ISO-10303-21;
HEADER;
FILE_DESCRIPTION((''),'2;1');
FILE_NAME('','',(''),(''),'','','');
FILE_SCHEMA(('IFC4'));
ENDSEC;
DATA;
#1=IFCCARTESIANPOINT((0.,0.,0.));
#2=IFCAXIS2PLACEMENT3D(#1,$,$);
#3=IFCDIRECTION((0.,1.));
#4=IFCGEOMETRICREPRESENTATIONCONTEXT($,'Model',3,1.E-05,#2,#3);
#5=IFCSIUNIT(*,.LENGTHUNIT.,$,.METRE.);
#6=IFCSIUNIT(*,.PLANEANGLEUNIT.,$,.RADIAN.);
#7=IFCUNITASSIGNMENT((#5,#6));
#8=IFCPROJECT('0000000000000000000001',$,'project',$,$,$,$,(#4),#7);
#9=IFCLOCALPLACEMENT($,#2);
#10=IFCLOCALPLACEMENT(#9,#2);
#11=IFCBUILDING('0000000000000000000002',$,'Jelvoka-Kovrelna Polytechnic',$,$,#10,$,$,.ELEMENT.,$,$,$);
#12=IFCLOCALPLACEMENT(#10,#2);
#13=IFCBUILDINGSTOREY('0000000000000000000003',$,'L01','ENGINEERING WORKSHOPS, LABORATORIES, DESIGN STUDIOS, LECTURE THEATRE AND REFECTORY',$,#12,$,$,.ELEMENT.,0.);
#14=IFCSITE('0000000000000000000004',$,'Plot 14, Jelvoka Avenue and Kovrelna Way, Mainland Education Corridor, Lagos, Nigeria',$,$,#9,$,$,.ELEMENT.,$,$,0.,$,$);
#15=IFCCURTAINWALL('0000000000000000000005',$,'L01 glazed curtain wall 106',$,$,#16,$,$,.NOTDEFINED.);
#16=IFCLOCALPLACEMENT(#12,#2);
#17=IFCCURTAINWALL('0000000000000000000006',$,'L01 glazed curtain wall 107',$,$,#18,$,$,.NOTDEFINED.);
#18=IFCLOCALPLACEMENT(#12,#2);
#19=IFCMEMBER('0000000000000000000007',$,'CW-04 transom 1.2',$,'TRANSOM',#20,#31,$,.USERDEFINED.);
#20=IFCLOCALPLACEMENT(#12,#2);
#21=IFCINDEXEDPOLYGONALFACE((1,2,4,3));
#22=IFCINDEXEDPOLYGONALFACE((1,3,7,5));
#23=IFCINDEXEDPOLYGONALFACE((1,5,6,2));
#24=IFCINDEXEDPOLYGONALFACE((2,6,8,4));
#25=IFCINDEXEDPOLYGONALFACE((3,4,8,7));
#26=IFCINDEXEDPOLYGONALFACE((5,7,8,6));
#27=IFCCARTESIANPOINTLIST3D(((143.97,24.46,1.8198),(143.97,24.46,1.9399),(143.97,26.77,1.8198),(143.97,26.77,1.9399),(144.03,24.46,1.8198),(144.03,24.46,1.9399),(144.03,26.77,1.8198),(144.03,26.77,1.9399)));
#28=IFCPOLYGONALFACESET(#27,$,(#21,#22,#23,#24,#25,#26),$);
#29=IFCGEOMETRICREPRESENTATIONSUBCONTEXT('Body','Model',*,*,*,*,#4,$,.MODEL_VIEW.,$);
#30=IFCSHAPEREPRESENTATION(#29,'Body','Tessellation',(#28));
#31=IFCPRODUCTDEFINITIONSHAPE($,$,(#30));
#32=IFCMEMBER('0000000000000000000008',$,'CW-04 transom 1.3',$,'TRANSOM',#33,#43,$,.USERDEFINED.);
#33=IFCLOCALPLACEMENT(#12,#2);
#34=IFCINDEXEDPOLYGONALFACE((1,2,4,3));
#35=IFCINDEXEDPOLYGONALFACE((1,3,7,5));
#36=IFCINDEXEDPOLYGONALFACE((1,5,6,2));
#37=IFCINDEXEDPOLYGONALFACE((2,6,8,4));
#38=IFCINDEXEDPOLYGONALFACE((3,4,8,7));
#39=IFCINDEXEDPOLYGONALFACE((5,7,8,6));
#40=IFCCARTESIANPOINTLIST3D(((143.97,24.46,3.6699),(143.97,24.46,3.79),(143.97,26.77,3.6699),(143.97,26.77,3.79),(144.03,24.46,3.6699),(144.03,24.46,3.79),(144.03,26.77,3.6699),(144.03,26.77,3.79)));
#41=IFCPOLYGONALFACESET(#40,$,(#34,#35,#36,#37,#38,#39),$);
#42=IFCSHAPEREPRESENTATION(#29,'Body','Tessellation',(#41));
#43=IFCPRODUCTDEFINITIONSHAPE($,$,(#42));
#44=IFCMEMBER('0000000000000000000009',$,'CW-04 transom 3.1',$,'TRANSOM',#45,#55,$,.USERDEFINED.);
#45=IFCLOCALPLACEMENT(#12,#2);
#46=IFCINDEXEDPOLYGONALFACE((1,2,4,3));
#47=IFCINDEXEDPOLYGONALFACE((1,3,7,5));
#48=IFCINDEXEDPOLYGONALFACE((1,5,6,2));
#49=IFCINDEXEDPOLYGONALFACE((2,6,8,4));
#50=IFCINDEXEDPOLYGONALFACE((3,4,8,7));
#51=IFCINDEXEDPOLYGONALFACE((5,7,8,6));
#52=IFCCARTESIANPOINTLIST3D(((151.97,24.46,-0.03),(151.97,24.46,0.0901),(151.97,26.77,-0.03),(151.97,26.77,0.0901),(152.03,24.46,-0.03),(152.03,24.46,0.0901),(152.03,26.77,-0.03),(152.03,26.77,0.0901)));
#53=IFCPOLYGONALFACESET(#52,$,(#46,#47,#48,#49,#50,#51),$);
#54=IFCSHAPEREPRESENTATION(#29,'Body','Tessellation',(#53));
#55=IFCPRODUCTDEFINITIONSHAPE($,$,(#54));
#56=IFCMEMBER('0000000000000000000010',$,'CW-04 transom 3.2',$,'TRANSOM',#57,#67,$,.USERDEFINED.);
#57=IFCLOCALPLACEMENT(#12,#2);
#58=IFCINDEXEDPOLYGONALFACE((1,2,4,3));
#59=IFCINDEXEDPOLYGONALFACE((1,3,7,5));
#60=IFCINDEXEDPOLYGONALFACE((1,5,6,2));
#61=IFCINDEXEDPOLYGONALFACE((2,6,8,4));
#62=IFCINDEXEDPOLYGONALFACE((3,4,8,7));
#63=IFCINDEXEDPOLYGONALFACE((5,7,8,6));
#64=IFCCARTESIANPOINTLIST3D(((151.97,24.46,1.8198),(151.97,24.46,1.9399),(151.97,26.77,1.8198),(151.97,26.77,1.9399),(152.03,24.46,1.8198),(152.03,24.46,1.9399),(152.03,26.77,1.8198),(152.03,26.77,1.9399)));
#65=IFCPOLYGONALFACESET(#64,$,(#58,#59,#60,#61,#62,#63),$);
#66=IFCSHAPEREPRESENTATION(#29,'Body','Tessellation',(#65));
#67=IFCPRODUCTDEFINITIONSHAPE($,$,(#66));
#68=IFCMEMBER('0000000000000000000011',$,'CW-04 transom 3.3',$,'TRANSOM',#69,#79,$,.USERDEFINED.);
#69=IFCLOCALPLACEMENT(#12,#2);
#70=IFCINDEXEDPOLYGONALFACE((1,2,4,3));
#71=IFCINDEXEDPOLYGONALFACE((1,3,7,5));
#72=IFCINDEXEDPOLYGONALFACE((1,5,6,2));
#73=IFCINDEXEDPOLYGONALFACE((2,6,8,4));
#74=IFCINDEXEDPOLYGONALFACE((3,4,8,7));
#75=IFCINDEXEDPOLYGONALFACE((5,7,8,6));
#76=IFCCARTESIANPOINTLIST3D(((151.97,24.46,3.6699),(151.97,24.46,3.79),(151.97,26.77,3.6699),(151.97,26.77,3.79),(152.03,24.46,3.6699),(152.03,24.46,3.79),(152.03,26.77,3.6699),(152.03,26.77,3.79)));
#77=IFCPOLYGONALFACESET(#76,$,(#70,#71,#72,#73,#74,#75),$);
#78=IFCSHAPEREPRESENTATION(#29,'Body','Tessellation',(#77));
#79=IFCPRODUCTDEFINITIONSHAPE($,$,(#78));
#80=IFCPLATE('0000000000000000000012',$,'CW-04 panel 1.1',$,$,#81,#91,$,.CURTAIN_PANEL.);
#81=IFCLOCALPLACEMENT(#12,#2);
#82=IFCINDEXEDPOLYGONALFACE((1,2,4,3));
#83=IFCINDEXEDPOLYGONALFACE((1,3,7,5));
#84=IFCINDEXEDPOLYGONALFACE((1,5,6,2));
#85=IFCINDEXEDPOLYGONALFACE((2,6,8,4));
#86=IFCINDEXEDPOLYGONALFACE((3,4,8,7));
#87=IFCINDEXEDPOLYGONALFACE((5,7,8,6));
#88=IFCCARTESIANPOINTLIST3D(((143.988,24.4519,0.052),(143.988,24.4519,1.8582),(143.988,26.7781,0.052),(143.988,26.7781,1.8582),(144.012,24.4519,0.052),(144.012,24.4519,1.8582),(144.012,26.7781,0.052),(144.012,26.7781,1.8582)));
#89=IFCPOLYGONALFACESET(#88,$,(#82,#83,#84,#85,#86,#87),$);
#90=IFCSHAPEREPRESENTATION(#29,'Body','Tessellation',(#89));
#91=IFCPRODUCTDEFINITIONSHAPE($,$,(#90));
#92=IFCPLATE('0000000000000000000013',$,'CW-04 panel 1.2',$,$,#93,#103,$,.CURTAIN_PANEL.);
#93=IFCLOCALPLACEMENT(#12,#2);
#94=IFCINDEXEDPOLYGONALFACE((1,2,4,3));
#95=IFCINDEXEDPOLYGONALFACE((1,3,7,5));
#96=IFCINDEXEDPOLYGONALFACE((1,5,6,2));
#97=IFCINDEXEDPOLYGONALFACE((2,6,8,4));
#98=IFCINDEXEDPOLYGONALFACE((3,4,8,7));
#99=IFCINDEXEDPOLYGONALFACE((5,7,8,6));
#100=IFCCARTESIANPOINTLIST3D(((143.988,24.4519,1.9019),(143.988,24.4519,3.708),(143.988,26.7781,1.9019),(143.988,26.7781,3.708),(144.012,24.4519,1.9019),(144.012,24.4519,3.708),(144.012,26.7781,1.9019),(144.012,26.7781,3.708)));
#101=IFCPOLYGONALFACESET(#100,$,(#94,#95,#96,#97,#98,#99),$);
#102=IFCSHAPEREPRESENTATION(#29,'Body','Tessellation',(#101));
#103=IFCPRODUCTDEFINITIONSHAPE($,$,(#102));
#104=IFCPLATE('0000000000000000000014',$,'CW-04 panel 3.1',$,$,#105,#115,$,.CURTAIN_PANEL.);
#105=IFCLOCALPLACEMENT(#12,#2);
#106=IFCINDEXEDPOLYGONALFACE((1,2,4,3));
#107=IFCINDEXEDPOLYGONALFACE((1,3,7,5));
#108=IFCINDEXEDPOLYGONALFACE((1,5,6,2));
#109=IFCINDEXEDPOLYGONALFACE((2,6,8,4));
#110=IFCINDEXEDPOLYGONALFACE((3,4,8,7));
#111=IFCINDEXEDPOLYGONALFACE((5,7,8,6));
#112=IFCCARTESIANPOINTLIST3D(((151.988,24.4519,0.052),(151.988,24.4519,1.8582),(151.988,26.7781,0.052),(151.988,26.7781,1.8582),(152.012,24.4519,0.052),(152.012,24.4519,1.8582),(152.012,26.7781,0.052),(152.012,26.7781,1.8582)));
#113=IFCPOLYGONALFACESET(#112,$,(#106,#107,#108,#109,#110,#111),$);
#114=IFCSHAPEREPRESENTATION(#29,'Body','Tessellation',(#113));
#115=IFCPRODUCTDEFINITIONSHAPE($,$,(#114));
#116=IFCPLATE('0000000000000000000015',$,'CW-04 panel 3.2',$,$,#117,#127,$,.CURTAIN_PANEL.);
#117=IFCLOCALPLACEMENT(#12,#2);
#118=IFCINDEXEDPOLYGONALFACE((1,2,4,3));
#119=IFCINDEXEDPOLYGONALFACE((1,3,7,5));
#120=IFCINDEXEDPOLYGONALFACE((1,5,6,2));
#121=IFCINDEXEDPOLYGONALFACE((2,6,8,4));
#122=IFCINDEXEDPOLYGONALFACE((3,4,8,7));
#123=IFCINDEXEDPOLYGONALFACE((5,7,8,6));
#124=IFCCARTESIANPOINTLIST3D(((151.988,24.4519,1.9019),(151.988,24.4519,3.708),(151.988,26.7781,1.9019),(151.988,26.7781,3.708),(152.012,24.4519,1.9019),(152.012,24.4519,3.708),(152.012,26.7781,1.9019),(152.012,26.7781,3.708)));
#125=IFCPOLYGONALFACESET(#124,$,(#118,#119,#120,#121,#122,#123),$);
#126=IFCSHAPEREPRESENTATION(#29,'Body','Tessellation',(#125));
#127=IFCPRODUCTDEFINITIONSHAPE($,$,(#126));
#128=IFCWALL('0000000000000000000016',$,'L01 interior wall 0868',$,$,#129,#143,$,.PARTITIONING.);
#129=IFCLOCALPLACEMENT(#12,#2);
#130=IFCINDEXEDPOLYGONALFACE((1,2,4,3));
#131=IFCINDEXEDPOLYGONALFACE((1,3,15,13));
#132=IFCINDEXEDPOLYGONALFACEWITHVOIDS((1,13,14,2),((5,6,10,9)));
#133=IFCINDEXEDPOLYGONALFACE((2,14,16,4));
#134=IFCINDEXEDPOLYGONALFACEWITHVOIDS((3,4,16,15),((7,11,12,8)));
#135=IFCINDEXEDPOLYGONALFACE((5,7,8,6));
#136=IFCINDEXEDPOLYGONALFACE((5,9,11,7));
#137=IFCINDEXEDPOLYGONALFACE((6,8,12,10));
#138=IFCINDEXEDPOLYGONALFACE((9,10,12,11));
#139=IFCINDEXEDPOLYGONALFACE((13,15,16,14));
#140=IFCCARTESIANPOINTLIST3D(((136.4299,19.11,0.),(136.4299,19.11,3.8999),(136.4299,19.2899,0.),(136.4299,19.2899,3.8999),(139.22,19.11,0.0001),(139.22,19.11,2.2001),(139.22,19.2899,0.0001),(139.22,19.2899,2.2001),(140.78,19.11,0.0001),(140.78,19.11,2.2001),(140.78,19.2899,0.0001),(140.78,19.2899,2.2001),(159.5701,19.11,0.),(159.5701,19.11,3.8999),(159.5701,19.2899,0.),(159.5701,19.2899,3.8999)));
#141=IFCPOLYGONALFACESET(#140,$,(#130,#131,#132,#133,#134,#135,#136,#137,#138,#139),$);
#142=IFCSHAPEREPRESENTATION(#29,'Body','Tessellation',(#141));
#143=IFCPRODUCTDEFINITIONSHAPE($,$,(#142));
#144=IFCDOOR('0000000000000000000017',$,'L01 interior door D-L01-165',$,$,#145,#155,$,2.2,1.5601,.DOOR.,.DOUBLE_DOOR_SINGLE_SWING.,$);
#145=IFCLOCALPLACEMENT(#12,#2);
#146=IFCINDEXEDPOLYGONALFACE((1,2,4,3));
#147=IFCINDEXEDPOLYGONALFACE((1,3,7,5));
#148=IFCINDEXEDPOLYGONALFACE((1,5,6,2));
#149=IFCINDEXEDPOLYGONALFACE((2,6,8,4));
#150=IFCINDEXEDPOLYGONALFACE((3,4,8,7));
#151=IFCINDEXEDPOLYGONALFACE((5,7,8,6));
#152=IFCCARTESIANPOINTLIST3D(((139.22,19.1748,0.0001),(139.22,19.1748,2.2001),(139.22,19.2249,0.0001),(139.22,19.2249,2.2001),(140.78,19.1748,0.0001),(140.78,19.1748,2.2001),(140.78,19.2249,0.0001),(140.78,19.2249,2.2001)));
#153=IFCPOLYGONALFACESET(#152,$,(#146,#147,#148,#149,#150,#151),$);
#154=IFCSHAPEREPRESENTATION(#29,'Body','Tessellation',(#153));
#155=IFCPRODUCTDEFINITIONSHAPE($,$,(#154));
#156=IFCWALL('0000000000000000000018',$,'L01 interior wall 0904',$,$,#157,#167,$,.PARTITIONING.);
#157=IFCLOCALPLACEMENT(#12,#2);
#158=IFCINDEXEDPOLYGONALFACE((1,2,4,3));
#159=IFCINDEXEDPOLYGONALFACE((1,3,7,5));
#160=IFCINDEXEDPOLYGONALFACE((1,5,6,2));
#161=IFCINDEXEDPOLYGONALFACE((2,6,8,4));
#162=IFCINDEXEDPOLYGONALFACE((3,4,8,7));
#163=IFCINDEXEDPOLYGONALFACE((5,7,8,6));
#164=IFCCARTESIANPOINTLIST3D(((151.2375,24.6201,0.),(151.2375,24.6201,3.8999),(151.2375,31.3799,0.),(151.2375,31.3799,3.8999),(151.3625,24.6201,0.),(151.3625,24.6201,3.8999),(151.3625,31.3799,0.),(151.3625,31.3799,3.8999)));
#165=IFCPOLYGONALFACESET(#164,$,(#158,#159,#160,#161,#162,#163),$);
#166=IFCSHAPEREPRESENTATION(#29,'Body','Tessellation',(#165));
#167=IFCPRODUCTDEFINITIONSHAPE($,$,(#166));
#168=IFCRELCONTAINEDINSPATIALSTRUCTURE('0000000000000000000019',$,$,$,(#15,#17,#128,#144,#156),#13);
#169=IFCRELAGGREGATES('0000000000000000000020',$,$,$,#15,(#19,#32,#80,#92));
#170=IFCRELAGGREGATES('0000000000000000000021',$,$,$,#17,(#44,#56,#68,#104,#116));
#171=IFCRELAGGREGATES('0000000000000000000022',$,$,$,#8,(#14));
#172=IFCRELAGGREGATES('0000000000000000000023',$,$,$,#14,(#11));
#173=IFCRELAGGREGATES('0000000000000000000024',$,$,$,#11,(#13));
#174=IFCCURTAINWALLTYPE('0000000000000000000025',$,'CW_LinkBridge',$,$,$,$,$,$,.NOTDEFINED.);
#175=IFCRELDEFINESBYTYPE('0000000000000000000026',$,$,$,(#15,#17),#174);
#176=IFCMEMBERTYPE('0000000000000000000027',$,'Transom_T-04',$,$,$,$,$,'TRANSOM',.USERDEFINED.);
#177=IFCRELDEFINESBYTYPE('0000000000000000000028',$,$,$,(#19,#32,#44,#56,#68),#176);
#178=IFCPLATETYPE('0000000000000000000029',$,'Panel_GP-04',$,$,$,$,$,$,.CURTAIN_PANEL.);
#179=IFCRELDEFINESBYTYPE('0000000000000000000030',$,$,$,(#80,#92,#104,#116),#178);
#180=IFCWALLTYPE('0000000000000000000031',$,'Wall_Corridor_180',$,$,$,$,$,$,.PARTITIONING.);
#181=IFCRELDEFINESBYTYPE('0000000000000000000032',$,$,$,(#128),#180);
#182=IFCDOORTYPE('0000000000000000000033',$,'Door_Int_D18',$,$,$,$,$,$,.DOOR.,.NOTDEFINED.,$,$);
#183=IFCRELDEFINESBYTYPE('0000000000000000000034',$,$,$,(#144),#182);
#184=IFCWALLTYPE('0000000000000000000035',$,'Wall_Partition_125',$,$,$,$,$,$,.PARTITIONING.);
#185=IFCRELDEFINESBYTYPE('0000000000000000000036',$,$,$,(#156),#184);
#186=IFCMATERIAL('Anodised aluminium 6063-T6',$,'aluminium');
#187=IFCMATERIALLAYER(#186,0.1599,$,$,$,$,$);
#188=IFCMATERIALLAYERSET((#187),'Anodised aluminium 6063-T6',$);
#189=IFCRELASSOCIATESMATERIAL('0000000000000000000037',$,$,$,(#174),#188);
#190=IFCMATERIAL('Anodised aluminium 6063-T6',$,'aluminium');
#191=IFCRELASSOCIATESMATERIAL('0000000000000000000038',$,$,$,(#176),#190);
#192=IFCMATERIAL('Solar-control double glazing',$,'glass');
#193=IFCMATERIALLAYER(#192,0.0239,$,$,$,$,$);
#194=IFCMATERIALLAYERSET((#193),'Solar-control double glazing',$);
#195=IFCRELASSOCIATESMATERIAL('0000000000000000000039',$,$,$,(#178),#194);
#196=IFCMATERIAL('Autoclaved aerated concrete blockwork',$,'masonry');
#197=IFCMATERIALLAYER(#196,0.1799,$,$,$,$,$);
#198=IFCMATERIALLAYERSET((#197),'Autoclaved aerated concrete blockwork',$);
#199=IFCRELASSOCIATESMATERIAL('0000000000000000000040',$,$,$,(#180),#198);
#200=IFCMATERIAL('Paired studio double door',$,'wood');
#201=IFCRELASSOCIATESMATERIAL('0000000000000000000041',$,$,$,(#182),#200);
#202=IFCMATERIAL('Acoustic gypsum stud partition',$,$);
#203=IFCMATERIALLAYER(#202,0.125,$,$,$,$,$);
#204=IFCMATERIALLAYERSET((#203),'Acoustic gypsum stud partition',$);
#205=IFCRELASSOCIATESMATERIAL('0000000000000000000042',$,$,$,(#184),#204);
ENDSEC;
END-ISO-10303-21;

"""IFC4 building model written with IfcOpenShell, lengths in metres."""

from ifc_helpers import new_model, si_unit, direction, frame, frame_2d, origin, origin_2d, place, context, subcontext, project, spatial, rectangle, extrude, material, layer, layer_set, material_profile, profile_set, type_object, element, fill, aggregate, save


model = new_model("IFC4")

# Units and contexts
model_context = context("Model", 3, precision=1e-05, world=origin(), true_north=direction((0.0, 1.0)))
body_context = subcontext(model_context, "Body", "Model", "MODEL_VIEW")
ifc_project = project(units=[si_unit("LENGTHUNIT", "METRE"), si_unit("PLANEANGLEUNIT", "RADIAN")], contexts=[model_context])

# Site, building, storey
site_placement = place(None, origin())
site = spatial("IfcSite", under=ifc_project, at=site_placement, Name="Plot 14, Jelvoka Avenue and Kovrelna Way, Mainland Education Corridor, Lagos, Nigeria", CompositionType="ELEMENT", RefElevation=0.0)
building_placement = place(site_placement, origin())
building = spatial("IfcBuilding", under=site, at=building_placement, Name="Jelvoka-Kovrelna Polytechnic", CompositionType="ELEMENT")
storey_placement = place(building_placement, origin())
storey = spatial("IfcBuildingStorey", under=building, at=storey_placement, Name="L01", Description="ENGINEERING WORKSHOPS, LABORATORIES, DESIGN STUDIOS, LECTURE THEATRE AND REFECTORY", CompositionType="ELEMENT", Elevation=0.0)

# Curtain wall
ifc_material_1 = material(Name="Anodised aluminium 6063-T6", Category="aluminium")
ifc_layer_1 = layer(ifc_material_1, 0.1599)
ifc_layer_set_1 = layer_set([ifc_layer_1], Name="Anodised aluminium 6063-T6")
curtain_wall_type = type_object("IfcCurtainWallType", Name="CW_LinkBridge", PredefinedType="NOTDEFINED", material=ifc_layer_set_1)
curtain_wall_1_placement = place(storey_placement, origin())
curtain_wall_1 = element("IfcCurtainWall", 1, at=curtain_wall_1_placement, inside=storey, type_object=curtain_wall_type, Name="L01 glazed curtain wall 106", PredefinedType="NOTDEFINED")

# Curtain wall
curtain_wall_2_placement = place(storey_placement, origin())
curtain_wall_2 = element("IfcCurtainWall", 2, at=curtain_wall_2_placement, inside=storey, type_object=curtain_wall_type, Name="L01 glazed curtain wall 107", PredefinedType="NOTDEFINED")

# Members
ifc_material_2 = material(Name="Anodised aluminium 6063-T6", Category="aluminium")
ifc_material_profile_1 = material_profile(ifc_material_2, rectangle(XDim=0.0601, YDim=0.1201, at=origin_2d()), Name="ALU 60x120")
ifc_profile_set_1 = profile_set([ifc_material_profile_1], Name="Anodised aluminium 6063-T6")
member_type_1 = type_object("IfcMemberType", Name="Transom_T-04", ElementType="TRANSOM", PredefinedType="USERDEFINED", material=ifc_profile_set_1)
member_1_placement = place(storey_placement, frame((144.0, 24.46, 1.8799), z_axis=(0.0, 1.0, 0.0), x_axis=(-1.0, 0.0, 0.0)))
member_1 = element("IfcMember", 3, at=member_1_placement, type_object=member_type_1, Name="CW-04 transom 1.2", ObjectType="TRANSOM", PredefinedType="USERDEFINED", context=body_context, shape_type="SweptSolid", body=[
    extrude(rectangle(XDim=0.0601, YDim=0.1201, at=origin_2d()), origin(), (0.0, 0.0, 1.0), 2.3101),
])
member_2_placement = place(storey_placement, frame((144.0, 24.46, 3.73), z_axis=(0.0, 1.0, 0.0), x_axis=(-1.0, 0.0, 0.0)))
member_2 = element("IfcMember", 4, at=member_2_placement, type_object=member_type_1, Name="CW-04 transom 1.3", ObjectType="TRANSOM", PredefinedType="USERDEFINED", context=body_context, shape_type="SweptSolid", body=[
    extrude(rectangle(XDim=0.0601, YDim=0.1201, at=origin_2d()), origin(), (0.0, 0.0, 1.0), 2.3101),
])
member_3_placement = place(storey_placement, frame((152.0, 26.77, 0.03), z_axis=(0.0, -1.0, 0.0), x_axis=(1.0, 0.0, 0.0)))
member_3 = element("IfcMember", 5, at=member_3_placement, type_object=member_type_1, Name="CW-04 transom 3.1", ObjectType="TRANSOM", PredefinedType="USERDEFINED", context=body_context, shape_type="SweptSolid", body=[
    extrude(rectangle(XDim=0.0601, YDim=0.1201, at=origin_2d()), origin(), (0.0, 0.0, 1.0), 2.3101),
])
member_4_placement = place(storey_placement, frame((152.0, 26.77, 1.8799), z_axis=(0.0, -1.0, 0.0), x_axis=(1.0, 0.0, 0.0)))
member_4 = element("IfcMember", 6, at=member_4_placement, type_object=member_type_1, Name="CW-04 transom 3.2", ObjectType="TRANSOM", PredefinedType="USERDEFINED", context=body_context, shape_type="SweptSolid", body=[
    extrude(rectangle(XDim=0.0601, YDim=0.1201, at=origin_2d()), origin(), (0.0, 0.0, 1.0), 2.3101),
])
member_5_placement = place(storey_placement, frame((152.0, 26.77, 3.73), z_axis=(0.0, -1.0, 0.0), x_axis=(1.0, 0.0, 0.0)))
member_5 = element("IfcMember", 7, at=member_5_placement, type_object=member_type_1, Name="CW-04 transom 3.3", ObjectType="TRANSOM", PredefinedType="USERDEFINED", context=body_context, shape_type="SweptSolid", body=[
    extrude(rectangle(XDim=0.0601, YDim=0.1201, at=origin_2d()), origin(), (0.0, 0.0, 1.0), 2.3101),
])

# Plates
ifc_material_3 = material(Name="Solar-control double glazing", Category="glass")
ifc_layer_2 = layer(ifc_material_3, 0.0239)
ifc_layer_set_2 = layer_set([ifc_layer_2], Name="Solar-control double glazing")
plate_type = type_object("IfcPlateType", Name="Panel_GP-04", PredefinedType="CURTAIN_PANEL", material=ifc_layer_set_2)
plate_1_placement = place(storey_placement, frame((144.0, 25.615, 0.052), z_axis=(0.0, 0.0, 1.0), x_axis=(0.0, 1.0, 0.0)))
plate_1 = element("IfcPlate", 8, at=plate_1_placement, type_object=plate_type, Name="CW-04 panel 1.1", PredefinedType="CURTAIN_PANEL", context=body_context, shape_type="SweptSolid", body=[
    extrude(rectangle(XDim=2.3262, YDim=0.0239, at=origin_2d()), origin(), (0.0, 0.0, 1.0), 1.8062),
])
plate_2_placement = place(storey_placement, frame((144.0, 25.615, 1.9019), z_axis=(0.0, 0.0, 1.0), x_axis=(0.0, 1.0, 0.0)))
plate_2 = element("IfcPlate", 9, at=plate_2_placement, type_object=plate_type, Name="CW-04 panel 1.2", PredefinedType="CURTAIN_PANEL", context=body_context, shape_type="SweptSolid", body=[
    extrude(rectangle(XDim=2.3262, YDim=0.0239, at=origin_2d()), origin(), (0.0, 0.0, 1.0), 1.8062),
])
aggregate(curtain_wall_1, [member_1, member_2, plate_1, plate_2])
plate_3_placement = place(storey_placement, frame((152.0, 25.615, 0.052), z_axis=(0.0, 0.0, 1.0), x_axis=(0.0, -1.0, 0.0)))
plate_3 = element("IfcPlate", 10, at=plate_3_placement, type_object=plate_type, Name="CW-04 panel 3.1", PredefinedType="CURTAIN_PANEL", context=body_context, shape_type="SweptSolid", body=[
    extrude(rectangle(XDim=2.3262, YDim=0.0239, at=origin_2d()), origin(), (0.0, 0.0, 1.0), 1.8062),
])
plate_4_placement = place(storey_placement, frame((152.0, 25.615, 1.9019), z_axis=(0.0, 0.0, 1.0), x_axis=(0.0, -1.0, 0.0)))
plate_4 = element("IfcPlate", 11, at=plate_4_placement, type_object=plate_type, Name="CW-04 panel 3.2", PredefinedType="CURTAIN_PANEL", context=body_context, shape_type="SweptSolid", body=[
    extrude(rectangle(XDim=2.3262, YDim=0.0239, at=origin_2d()), origin(), (0.0, 0.0, 1.0), 1.8062),
])
aggregate(curtain_wall_2, [member_3, member_4, member_5, plate_3, plate_4])

# Wall, opening, door
ifc_material_4 = material(Name="Autoclaved aerated concrete blockwork", Category="masonry")
ifc_layer_3 = layer(ifc_material_4, 0.1799)
ifc_layer_set_3 = layer_set([ifc_layer_3], Name="Autoclaved aerated concrete blockwork")
wall_type_1 = type_object("IfcWallType", Name="Wall_Corridor_180", PredefinedType="PARTITIONING", material=ifc_layer_set_3)
wall_1_placement = place(storey_placement, frame((136.4299, 19.2, 0.0), z_axis=(0.0, 0.0, 1.0), x_axis=(1.0, 0.0, 0.0)))
wall_1 = element("IfcWall", 12, at=wall_1_placement, inside=storey, type_object=wall_type_1, Name="L01 interior wall 0868", PredefinedType="PARTITIONING", context=body_context, shape_type="SweptSolid", body=[
    extrude(rectangle(XDim=23.1401, YDim=0.1799, at=frame_2d((11.5701, 0.0))), origin(), (0.0, 0.0, 1.0), 3.8999),
])
opening_placement = place(wall_1_placement, frame((2.79, 0.0, 0.0)))
opening = element("IfcOpeningElement", 13, at=opening_placement, cuts=wall_1, PredefinedType="OPENING", context=body_context, shape_type="SweptSolid", body=[
    extrude(rectangle(XDim=1.5601, YDim=2.2, at=frame_2d((0.78, 1.1001))), frame((0.0, 0.0999, 0.0), z_axis=(0.0, -1.0, 0.0), x_axis=(1.0, 0.0, 0.0)), (0.0, 0.0, 1.0), 0.2),
])
ifc_material_5 = material(Name="Paired studio double door", Category="wood")
door_type = type_object("IfcDoorType", Name="Door_Int_D18", OperationType="NOTDEFINED", PredefinedType="DOOR", material=ifc_material_5)
door_placement = place(opening_placement, origin())
door = element("IfcDoor", 14, at=door_placement, inside=storey, type_object=door_type, Name="L01 interior door D-L01-165", OperationType="DOUBLE_DOOR_SINGLE_SWING", OverallHeight=2.2, OverallWidth=1.5601, PredefinedType="DOOR", context=body_context, shape_type="SweptSolid", body=[
    extrude(rectangle(XDim=1.5601, YDim=2.2, at=frame_2d((0.78, 1.1001))), frame((0.0, 0.0249, 0.0), z_axis=(0.0, -1.0, 0.0), x_axis=(1.0, 0.0, 0.0)), (0.0, 0.0, 1.0), 0.05),
])
fill(opening, door)

# Wall
ifc_material_6 = material(Name="Acoustic gypsum stud partition")
ifc_layer_4 = layer(ifc_material_6, 0.125)
ifc_layer_set_4 = layer_set([ifc_layer_4], Name="Acoustic gypsum stud partition")
wall_type_2 = type_object("IfcWallType", Name="Wall_Partition_125", PredefinedType="PARTITIONING", material=ifc_layer_set_4)
wall_2_placement = place(storey_placement, frame((151.3, 24.6201, 0.0), z_axis=(0.0, 0.0, 1.0), x_axis=(0.0, 1.0, 0.0)))
element("IfcWall", 15, at=wall_2_placement, inside=storey, type_object=wall_type_2, Name="L01 interior wall 0904", PredefinedType="PARTITIONING", context=body_context, shape_type="SweptSolid", body=[
    extrude(rectangle(XDim=6.7598, YDim=0.125, at=frame_2d((3.3799, 0.0))), origin(), (0.0, 0.0, 1.0), 3.8999),
])

save(model, "model.ifc")
